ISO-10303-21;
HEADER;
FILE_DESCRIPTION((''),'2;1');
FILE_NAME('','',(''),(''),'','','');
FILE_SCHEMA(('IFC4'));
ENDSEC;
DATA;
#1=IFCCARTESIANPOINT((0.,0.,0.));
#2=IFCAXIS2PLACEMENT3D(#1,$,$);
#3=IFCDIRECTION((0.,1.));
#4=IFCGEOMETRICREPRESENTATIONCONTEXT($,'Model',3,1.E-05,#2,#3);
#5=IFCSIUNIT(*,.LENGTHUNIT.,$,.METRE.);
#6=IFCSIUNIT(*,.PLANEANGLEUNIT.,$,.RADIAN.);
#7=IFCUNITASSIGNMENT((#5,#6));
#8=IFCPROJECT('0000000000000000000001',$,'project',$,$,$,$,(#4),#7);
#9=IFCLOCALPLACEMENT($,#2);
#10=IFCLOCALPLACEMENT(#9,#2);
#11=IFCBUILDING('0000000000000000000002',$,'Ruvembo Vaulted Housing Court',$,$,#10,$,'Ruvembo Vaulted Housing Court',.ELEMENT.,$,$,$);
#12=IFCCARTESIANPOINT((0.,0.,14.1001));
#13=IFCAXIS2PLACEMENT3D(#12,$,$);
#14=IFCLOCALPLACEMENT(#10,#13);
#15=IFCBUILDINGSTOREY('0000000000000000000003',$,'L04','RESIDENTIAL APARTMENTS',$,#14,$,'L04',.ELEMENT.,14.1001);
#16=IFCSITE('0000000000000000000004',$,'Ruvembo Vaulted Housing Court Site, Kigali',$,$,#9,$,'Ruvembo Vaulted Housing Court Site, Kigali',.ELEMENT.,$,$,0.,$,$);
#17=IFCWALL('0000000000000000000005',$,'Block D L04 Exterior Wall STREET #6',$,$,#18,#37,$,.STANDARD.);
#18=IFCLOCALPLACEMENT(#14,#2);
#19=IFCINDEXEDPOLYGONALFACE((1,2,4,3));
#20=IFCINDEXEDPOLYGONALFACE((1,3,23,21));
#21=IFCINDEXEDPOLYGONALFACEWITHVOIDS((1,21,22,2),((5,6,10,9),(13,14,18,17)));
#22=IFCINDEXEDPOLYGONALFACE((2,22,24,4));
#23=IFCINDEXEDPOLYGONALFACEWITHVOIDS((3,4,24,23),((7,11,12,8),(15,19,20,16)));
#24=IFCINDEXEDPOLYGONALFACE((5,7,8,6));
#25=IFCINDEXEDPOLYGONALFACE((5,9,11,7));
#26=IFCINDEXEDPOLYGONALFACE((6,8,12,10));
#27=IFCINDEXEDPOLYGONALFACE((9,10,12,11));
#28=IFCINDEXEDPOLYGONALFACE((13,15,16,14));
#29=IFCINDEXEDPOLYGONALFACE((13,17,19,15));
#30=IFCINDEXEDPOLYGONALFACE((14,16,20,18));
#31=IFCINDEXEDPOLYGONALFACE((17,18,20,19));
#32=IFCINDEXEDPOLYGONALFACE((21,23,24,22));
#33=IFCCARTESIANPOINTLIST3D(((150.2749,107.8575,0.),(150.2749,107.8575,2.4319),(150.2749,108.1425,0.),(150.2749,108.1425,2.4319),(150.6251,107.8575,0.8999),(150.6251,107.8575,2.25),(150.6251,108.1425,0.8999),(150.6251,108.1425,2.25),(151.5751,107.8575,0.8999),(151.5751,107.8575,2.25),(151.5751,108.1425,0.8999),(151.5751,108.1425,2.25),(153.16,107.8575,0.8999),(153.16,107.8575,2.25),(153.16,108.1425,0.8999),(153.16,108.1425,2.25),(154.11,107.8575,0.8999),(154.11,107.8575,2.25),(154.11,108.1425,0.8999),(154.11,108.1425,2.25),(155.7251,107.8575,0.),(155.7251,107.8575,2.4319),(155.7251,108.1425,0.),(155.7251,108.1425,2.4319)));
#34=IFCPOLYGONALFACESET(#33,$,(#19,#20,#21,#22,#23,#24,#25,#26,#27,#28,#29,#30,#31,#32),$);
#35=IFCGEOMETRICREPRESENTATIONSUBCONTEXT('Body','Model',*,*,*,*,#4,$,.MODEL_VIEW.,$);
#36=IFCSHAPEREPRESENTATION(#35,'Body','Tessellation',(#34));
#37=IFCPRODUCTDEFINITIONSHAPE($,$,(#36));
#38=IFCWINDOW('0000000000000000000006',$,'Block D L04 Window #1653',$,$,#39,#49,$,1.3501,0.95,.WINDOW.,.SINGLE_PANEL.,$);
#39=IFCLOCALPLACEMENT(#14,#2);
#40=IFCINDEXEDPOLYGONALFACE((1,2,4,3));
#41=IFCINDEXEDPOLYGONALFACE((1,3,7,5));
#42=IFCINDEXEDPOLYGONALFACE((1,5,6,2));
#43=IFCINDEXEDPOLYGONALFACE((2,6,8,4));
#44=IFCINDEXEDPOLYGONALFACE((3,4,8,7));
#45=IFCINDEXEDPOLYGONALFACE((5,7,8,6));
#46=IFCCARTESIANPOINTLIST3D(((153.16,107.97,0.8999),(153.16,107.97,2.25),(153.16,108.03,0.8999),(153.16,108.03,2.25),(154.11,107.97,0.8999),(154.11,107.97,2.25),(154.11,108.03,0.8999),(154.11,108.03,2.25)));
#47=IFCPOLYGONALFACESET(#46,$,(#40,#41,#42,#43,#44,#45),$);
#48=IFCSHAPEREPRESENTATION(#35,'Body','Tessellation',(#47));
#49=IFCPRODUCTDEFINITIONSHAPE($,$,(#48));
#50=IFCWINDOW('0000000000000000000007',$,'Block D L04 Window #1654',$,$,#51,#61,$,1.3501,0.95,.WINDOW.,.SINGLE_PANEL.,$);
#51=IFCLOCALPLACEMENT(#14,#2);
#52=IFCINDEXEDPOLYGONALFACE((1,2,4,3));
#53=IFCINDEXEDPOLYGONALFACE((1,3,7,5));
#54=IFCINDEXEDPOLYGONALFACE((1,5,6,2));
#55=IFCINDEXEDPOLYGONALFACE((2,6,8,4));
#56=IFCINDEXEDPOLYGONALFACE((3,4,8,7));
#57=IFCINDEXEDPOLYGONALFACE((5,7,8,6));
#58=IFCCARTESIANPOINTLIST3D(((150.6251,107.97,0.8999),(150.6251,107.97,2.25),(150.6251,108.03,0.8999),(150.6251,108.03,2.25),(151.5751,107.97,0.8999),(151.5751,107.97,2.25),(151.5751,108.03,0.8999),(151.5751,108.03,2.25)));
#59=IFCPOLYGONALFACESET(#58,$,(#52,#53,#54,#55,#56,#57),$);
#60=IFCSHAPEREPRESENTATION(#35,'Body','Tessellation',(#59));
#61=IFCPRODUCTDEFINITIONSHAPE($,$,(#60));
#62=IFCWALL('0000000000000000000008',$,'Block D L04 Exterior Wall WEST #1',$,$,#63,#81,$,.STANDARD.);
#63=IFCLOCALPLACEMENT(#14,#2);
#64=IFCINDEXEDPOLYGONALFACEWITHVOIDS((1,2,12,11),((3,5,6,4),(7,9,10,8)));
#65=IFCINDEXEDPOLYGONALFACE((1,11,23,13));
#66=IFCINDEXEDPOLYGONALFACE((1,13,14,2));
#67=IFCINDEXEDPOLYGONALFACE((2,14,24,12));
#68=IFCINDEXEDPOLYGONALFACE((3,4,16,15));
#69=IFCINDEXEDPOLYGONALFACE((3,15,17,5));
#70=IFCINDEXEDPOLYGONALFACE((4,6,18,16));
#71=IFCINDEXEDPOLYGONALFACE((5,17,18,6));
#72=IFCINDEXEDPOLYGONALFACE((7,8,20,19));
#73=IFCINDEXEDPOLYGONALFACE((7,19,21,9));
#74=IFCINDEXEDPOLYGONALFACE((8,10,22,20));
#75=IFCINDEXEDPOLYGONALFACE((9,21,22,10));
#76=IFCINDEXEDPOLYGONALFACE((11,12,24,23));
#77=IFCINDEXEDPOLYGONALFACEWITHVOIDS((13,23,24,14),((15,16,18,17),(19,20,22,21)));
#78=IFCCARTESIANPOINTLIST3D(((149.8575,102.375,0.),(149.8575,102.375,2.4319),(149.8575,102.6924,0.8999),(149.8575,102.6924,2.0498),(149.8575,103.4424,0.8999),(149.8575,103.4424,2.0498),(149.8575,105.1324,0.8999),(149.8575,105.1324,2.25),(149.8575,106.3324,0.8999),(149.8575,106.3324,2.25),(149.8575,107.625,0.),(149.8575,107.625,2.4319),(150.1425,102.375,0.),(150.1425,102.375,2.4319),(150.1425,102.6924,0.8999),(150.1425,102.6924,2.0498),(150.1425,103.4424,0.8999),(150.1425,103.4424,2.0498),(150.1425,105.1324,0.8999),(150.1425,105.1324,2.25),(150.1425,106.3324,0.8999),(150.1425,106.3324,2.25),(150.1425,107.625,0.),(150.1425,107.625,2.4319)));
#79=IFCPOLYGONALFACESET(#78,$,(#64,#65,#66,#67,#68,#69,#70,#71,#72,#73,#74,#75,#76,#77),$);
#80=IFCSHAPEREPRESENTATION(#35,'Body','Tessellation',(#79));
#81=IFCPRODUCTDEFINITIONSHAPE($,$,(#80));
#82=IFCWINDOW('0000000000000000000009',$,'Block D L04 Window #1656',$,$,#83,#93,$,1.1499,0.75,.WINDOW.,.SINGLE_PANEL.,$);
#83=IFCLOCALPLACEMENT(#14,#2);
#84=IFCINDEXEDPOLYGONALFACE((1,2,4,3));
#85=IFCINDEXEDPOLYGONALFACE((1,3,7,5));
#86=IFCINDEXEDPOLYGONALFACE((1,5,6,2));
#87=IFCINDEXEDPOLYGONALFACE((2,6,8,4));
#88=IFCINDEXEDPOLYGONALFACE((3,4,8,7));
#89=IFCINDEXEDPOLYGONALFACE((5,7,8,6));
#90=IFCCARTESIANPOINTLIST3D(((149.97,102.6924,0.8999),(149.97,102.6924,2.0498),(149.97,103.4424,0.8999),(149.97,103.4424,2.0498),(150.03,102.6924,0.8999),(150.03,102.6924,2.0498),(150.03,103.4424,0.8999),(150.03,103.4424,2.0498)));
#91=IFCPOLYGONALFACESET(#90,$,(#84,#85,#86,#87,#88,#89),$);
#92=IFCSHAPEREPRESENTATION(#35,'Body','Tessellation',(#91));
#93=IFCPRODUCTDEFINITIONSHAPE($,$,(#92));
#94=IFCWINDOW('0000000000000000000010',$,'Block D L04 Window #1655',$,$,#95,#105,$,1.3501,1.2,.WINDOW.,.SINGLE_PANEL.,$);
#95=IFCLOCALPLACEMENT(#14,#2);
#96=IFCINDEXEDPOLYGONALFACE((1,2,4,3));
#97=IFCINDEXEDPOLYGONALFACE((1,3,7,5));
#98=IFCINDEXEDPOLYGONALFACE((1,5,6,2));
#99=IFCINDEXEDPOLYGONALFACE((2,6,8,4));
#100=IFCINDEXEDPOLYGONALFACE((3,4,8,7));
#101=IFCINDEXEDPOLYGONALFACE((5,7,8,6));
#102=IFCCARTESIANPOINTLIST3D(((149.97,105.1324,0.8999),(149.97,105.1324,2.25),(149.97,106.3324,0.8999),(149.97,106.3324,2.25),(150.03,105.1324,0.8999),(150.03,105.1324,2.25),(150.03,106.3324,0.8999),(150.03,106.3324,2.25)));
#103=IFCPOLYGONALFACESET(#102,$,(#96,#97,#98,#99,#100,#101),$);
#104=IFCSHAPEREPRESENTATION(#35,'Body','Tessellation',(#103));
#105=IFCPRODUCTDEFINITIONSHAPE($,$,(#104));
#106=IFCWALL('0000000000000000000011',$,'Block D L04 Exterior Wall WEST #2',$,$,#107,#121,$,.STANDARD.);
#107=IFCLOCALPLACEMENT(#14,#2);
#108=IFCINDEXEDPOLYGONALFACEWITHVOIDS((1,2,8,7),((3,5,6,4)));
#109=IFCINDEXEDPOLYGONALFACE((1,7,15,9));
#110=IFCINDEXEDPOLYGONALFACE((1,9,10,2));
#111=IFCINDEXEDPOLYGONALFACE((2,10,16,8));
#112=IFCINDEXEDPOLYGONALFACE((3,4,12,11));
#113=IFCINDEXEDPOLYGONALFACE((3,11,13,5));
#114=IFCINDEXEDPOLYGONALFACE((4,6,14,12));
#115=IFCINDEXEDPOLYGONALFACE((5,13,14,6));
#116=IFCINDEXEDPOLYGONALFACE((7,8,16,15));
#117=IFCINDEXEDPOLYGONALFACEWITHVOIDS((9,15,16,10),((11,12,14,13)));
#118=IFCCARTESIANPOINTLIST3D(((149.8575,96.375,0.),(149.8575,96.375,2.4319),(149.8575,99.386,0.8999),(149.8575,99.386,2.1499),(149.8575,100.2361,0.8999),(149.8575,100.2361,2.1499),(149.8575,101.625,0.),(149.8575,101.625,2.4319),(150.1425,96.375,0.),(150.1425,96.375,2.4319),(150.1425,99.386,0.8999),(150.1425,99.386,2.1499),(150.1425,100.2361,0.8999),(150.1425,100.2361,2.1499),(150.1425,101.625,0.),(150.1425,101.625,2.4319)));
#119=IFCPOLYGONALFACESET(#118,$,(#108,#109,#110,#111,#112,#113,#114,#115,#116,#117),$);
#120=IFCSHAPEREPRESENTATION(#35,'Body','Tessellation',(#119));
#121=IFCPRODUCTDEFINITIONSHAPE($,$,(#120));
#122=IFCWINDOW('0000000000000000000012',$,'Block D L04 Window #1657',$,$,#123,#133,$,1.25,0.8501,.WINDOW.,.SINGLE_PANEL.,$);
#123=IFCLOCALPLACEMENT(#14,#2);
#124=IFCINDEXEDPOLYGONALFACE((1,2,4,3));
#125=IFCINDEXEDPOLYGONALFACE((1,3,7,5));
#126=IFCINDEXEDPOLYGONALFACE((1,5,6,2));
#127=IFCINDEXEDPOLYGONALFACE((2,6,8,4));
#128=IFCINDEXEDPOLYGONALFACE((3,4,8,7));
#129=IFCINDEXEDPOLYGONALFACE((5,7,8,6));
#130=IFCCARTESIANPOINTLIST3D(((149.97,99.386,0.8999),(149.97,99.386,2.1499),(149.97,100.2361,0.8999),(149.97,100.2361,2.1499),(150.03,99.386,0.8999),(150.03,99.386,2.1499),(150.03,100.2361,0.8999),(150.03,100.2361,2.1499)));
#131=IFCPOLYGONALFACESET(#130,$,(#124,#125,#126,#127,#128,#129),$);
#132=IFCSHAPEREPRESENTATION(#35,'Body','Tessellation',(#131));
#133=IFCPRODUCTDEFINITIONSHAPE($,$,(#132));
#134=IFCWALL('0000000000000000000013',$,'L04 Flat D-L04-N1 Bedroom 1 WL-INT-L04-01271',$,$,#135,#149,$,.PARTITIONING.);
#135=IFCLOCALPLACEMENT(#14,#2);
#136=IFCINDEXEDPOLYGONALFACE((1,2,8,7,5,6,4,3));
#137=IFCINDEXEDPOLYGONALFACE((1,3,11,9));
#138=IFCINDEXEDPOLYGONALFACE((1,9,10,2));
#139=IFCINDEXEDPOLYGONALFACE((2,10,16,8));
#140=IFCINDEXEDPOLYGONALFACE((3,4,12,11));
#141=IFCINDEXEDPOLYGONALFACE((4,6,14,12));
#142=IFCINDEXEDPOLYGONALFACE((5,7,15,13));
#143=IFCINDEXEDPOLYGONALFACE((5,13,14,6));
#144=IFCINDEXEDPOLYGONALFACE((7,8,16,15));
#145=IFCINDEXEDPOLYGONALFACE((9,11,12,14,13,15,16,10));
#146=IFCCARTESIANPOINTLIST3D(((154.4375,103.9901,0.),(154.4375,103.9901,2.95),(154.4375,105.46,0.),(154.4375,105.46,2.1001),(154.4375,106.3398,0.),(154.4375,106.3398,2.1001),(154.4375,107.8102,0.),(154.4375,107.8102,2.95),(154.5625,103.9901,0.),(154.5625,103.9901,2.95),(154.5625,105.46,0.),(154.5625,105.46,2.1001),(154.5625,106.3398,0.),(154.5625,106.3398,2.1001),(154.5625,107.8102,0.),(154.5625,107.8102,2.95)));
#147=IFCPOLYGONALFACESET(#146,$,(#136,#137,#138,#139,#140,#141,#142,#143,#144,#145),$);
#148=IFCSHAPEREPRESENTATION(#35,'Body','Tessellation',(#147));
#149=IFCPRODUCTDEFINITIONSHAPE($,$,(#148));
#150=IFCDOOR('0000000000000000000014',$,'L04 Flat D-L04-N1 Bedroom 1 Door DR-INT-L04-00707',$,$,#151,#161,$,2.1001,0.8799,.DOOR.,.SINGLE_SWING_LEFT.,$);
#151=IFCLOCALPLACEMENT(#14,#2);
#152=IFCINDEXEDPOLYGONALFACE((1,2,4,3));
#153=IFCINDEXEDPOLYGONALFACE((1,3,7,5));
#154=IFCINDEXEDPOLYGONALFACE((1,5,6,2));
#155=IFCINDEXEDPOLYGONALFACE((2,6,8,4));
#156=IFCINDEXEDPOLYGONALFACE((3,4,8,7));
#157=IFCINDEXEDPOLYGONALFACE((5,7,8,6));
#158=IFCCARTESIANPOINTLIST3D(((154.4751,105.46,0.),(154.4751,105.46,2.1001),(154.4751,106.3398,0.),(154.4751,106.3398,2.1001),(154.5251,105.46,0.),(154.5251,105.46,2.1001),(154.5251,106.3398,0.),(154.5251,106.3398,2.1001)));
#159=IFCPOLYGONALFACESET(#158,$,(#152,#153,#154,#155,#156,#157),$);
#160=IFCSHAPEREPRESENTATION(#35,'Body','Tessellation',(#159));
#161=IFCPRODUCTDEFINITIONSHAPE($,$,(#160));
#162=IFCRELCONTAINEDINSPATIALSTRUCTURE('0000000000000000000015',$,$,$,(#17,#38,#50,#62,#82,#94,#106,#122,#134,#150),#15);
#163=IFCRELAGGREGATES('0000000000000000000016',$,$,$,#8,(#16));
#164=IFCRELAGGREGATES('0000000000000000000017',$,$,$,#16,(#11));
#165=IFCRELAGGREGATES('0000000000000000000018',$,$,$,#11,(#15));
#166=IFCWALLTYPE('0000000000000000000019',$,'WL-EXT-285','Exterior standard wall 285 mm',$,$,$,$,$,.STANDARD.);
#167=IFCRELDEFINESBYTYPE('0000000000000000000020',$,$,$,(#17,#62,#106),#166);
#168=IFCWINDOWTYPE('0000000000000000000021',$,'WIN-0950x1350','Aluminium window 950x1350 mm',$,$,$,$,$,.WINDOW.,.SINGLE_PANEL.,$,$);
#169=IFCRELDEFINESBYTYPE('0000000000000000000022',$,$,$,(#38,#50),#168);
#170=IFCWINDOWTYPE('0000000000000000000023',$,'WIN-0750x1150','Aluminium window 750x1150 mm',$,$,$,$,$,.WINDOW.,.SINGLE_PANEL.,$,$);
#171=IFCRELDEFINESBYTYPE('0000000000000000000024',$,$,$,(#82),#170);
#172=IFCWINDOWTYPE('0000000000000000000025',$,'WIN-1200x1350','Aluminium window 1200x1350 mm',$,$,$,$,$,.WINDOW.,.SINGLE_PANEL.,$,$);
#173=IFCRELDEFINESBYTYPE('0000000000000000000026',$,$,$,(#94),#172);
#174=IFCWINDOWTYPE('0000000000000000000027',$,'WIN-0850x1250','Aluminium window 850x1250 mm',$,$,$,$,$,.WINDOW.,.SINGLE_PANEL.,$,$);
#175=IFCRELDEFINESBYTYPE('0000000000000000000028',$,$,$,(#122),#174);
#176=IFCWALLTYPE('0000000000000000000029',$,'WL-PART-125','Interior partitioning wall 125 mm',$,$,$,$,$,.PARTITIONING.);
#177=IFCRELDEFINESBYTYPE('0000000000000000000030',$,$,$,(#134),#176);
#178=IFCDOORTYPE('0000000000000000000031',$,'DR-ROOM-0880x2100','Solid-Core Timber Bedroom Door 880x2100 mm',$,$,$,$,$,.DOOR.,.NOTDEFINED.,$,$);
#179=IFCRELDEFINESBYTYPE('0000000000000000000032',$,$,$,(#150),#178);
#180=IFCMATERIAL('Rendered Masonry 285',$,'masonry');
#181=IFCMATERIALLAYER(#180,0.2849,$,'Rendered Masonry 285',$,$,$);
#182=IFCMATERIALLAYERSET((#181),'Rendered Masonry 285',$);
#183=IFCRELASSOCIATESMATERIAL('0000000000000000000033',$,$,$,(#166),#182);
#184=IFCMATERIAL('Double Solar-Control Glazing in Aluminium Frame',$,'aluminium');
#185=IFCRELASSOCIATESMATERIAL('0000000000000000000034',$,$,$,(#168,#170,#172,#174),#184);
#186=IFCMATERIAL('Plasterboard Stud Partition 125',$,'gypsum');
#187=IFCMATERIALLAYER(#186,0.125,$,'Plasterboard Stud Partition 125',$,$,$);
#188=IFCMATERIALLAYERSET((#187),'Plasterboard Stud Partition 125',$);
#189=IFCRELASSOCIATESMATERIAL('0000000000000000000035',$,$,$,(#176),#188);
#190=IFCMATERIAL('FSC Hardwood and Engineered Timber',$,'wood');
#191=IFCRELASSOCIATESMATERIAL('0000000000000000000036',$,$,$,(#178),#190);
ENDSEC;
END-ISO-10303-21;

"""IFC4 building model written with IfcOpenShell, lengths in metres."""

from ifc_helpers import new_model, si_unit, direction, frame, frame_2d, origin, place, context, subcontext, project, spatial, rectangle, extrude, material, layer, layer_set, type_object, element, fill, save


model = new_model("IFC4")

# Units and contexts
model_context = context("Model", 3, precision=1e-05, world=origin(), true_north=direction((0.0, 1.0)))
body_context = subcontext(model_context, "Body", "Model", "MODEL_VIEW")
ifc_project = project(units=[si_unit("LENGTHUNIT", "METRE"), si_unit("PLANEANGLEUNIT", "RADIAN")], contexts=[model_context])

# Site, building, storey
site_placement = place(None, origin())
site = spatial("IfcSite", under=ifc_project, at=site_placement, Name="Ruvembo Vaulted Housing Court Site, Kigali", LongName="Ruvembo Vaulted Housing Court Site, Kigali", CompositionType="ELEMENT", RefElevation=0.0)
building_placement = place(site_placement, origin())
building = spatial("IfcBuilding", under=site, at=building_placement, Name="Ruvembo Vaulted Housing Court", LongName="Ruvembo Vaulted Housing Court", CompositionType="ELEMENT")
storey_placement = place(building_placement, frame((0.0, 0.0, 14.1001)))
storey = spatial("IfcBuildingStorey", under=building, at=storey_placement, Name="L04", Description="RESIDENTIAL APARTMENTS", LongName="L04", CompositionType="ELEMENT", Elevation=14.1001)

# Walls, openings, windows
ifc_material_1 = material(Name="Rendered Masonry 285", Category="masonry")
ifc_layer_1 = layer(ifc_material_1, 0.2849, Name="Rendered Masonry 285")
ifc_layer_set_1 = layer_set([ifc_layer_1], Name="Rendered Masonry 285")
wall_type_1 = type_object("IfcWallType", Name="WL-EXT-285", Description="Exterior standard wall 285 mm", PredefinedType="STANDARD", material=ifc_layer_set_1)
wall_1_placement = place(storey_placement, frame((155.7251, 108.0, 0.0), z_axis=(0.0, 0.0, 1.0), x_axis=(-1.0, 0.0, 0.0)))
wall_1 = element("IfcWall", 1, at=wall_1_placement, inside=storey, type_object=wall_type_1, Name="Block D L04 Exterior Wall STREET #6", PredefinedType="STANDARD", context=body_context, shape_type="SweptSolid", body=[
    extrude(rectangle(XDim=5.4502, YDim=0.2849, at=frame_2d((2.7251, 0.0))), origin(), (0.0, 0.0, 1.0), 2.4319),
])
opening_1_placement = place(wall_1_placement, frame((1.615, 0.0, 0.8999)))
opening_1 = element("IfcOpeningElement", 2, at=opening_1_placement, cuts=wall_1, PredefinedType="OPENING", context=body_context, shape_type="SweptSolid", body=[
    extrude(rectangle(XDim=0.95, YDim=1.3501, at=frame_2d((0.4751, 0.675))), frame((0.0, 0.1523, 0.0), z_axis=(0.0, -1.0, 0.0), x_axis=(1.0, 0.0, 0.0)), (0.0, 0.0, 1.0), 0.3049),
])
opening_2_placement = place(wall_1_placement, frame((4.1499, 0.0, 0.8999)))
opening_2 = element("IfcOpeningElement", 3, at=opening_2_placement, cuts=wall_1, PredefinedType="OPENING", context=body_context, shape_type="SweptSolid", body=[
    extrude(rectangle(XDim=0.95, YDim=1.3501, at=frame_2d((0.4751, 0.675))), frame((0.0, 0.1523, 0.0), z_axis=(0.0, -1.0, 0.0), x_axis=(1.0, 0.0, 0.0)), (0.0, 0.0, 1.0), 0.3049),
])
ifc_material_2 = material(Name="Double Solar-Control Glazing in Aluminium Frame", Category="aluminium")
window_type_1 = type_object("IfcWindowType", Name="WIN-0950x1350", Description="Aluminium window 950x1350 mm", PartitioningType="SINGLE_PANEL", PredefinedType="WINDOW", material=ifc_material_2)
window_1_placement = place(opening_1_placement, origin())
window_1 = element("IfcWindow", 4, at=window_1_placement, inside=storey, type_object=window_type_1, Name="Block D L04 Window #1653", OverallHeight=1.3501, OverallWidth=0.95, PartitioningType="SINGLE_PANEL", PredefinedType="WINDOW", context=body_context, shape_type="SweptSolid", body=[
    extrude(rectangle(XDim=0.95, YDim=1.3501, at=frame_2d((0.4751, 0.675))), frame((0.0, 0.03, 0.0), z_axis=(0.0, -1.0, 0.0), x_axis=(1.0, 0.0, 0.0)), (0.0, 0.0, 1.0), 0.0601),
])
fill(opening_1, window_1)
window_2_placement = place(opening_2_placement, origin())
window_2 = element("IfcWindow", 5, at=window_2_placement, inside=storey, type_object=window_type_1, Name="Block D L04 Window #1654", OverallHeight=1.3501, OverallWidth=0.95, PartitioningType="SINGLE_PANEL", PredefinedType="WINDOW", context=body_context, shape_type="SweptSolid", body=[
    extrude(rectangle(XDim=0.95, YDim=1.3501, at=frame_2d((0.4751, 0.675))), frame((0.0, 0.03, 0.0), z_axis=(0.0, -1.0, 0.0), x_axis=(1.0, 0.0, 0.0)), (0.0, 0.0, 1.0), 0.0601),
])
fill(opening_2, window_2)
wall_2_placement = place(storey_placement, frame((150.0, 107.625, 0.0), z_axis=(0.0, 0.0, 1.0), x_axis=(0.0, -1.0, 0.0)))
wall_2 = element("IfcWall", 6, at=wall_2_placement, inside=storey, type_object=wall_type_1, Name="Block D L04 Exterior Wall WEST #1", PredefinedType="STANDARD", context=body_context, shape_type="SweptSolid", body=[
    extrude(rectangle(XDim=5.25, YDim=0.2849, at=frame_2d((2.625, 0.0))), origin(), (0.0, 0.0, 1.0), 2.4319),
])
opening_3_placement = place(wall_2_placement, frame((1.2925, 0.0, 0.8999)))
opening_3 = element("IfcOpeningElement", 7, at=opening_3_placement, cuts=wall_2, PredefinedType="OPENING", context=body_context, shape_type="SweptSolid", body=[
    extrude(rectangle(XDim=1.2, YDim=1.3501, at=frame_2d((0.6001, 0.675))), frame((0.0, 0.1523, 0.0), z_axis=(0.0, -1.0, 0.0), x_axis=(1.0, 0.0, 0.0)), (0.0, 0.0, 1.0), 0.3049),
])
opening_4_placement = place(wall_2_placement, frame((4.1826, 0.0, 0.8999)))
opening_4 = element("IfcOpeningElement", 8, at=opening_4_placement, cuts=wall_2, PredefinedType="OPENING", context=body_context, shape_type="SweptSolid", body=[
    extrude(rectangle(XDim=0.75, YDim=1.1499, at=frame_2d((0.375, 0.575))), frame((0.0, 0.1523, 0.0), z_axis=(0.0, -1.0, 0.0), x_axis=(1.0, 0.0, 0.0)), (0.0, 0.0, 1.0), 0.3049),
])
window_type_2 = type_object("IfcWindowType", Name="WIN-0750x1150", Description="Aluminium window 750x1150 mm", PartitioningType="SINGLE_PANEL", PredefinedType="WINDOW", material=ifc_material_2)
window_3_placement = place(opening_4_placement, origin())
window_3 = element("IfcWindow", 9, at=window_3_placement, inside=storey, type_object=window_type_2, Name="Block D L04 Window #1656", OverallHeight=1.1499, OverallWidth=0.75, PartitioningType="SINGLE_PANEL", PredefinedType="WINDOW", context=body_context, shape_type="SweptSolid", body=[
    extrude(rectangle(XDim=0.75, YDim=1.1499, at=frame_2d((0.375, 0.575))), frame((0.0, 0.03, 0.0), z_axis=(0.0, -1.0, 0.0), x_axis=(1.0, 0.0, 0.0)), (0.0, 0.0, 1.0), 0.0601),
])
fill(opening_4, window_3)
window_type_3 = type_object("IfcWindowType", Name="WIN-1200x1350", Description="Aluminium window 1200x1350 mm", PartitioningType="SINGLE_PANEL", PredefinedType="WINDOW", material=ifc_material_2)
window_4_placement = place(opening_3_placement, origin())
window_4 = element("IfcWindow", 10, at=window_4_placement, inside=storey, type_object=window_type_3, Name="Block D L04 Window #1655", OverallHeight=1.3501, OverallWidth=1.2, PartitioningType="SINGLE_PANEL", PredefinedType="WINDOW", context=body_context, shape_type="SweptSolid", body=[
    extrude(rectangle(XDim=1.2, YDim=1.3501, at=frame_2d((0.6001, 0.675))), frame((0.0, 0.03, 0.0), z_axis=(0.0, -1.0, 0.0), x_axis=(1.0, 0.0, 0.0)), (0.0, 0.0, 1.0), 0.0601),
])
fill(opening_3, window_4)

# Wall, opening, window
wall_3_placement = place(storey_placement, frame((150.0, 101.625, 0.0), z_axis=(0.0, 0.0, 1.0), x_axis=(0.0, -1.0, 0.0)))
wall_3 = element("IfcWall", 11, at=wall_3_placement, inside=storey, type_object=wall_type_1, Name="Block D L04 Exterior Wall WEST #2", PredefinedType="STANDARD", context=body_context, shape_type="SweptSolid", body=[
    extrude(rectangle(XDim=5.25, YDim=0.2849, at=frame_2d((2.625, 0.0))), origin(), (0.0, 0.0, 1.0), 2.4319),
])
opening_5_placement = place(wall_3_placement, frame((1.3889, 0.0, 0.8999)))
opening_5 = element("IfcOpeningElement", 12, at=opening_5_placement, cuts=wall_3, PredefinedType="OPENING", context=body_context, shape_type="SweptSolid", body=[
    extrude(rectangle(XDim=0.8501, YDim=1.25, at=frame_2d((0.425, 0.625))), frame((0.0, 0.1523, 0.0), z_axis=(0.0, -1.0, 0.0), x_axis=(1.0, 0.0, 0.0)), (0.0, 0.0, 1.0), 0.3049),
])
window_type_4 = type_object("IfcWindowType", Name="WIN-0850x1250", Description="Aluminium window 850x1250 mm", PartitioningType="SINGLE_PANEL", PredefinedType="WINDOW", material=ifc_material_2)
window_5_placement = place(opening_5_placement, origin())
window_5 = element("IfcWindow", 13, at=window_5_placement, inside=storey, type_object=window_type_4, Name="Block D L04 Window #1657", OverallHeight=1.25, OverallWidth=0.8501, PartitioningType="SINGLE_PANEL", PredefinedType="WINDOW", context=body_context, shape_type="SweptSolid", body=[
    extrude(rectangle(XDim=0.8501, YDim=1.25, at=frame_2d((0.425, 0.625))), frame((0.0, 0.03, 0.0), z_axis=(0.0, -1.0, 0.0), x_axis=(1.0, 0.0, 0.0)), (0.0, 0.0, 1.0), 0.0601),
])
fill(opening_5, window_5)

# Wall, opening, door
ifc_material_3 = material(Name="Plasterboard Stud Partition 125", Category="gypsum")
ifc_layer_2 = layer(ifc_material_3, 0.125, Name="Plasterboard Stud Partition 125")
ifc_layer_set_2 = layer_set([ifc_layer_2], Name="Plasterboard Stud Partition 125")
wall_type_2 = type_object("IfcWallType", Name="WL-PART-125", Description="Interior partitioning wall 125 mm", PredefinedType="PARTITIONING", material=ifc_layer_set_2)
wall_4_placement = place(storey_placement, frame((154.5, 103.99, 0.0), z_axis=(0.0, 0.0, 1.0), x_axis=(0.0, 1.0, 0.0)))
wall_4 = element("IfcWall", 14, at=wall_4_placement, inside=storey, type_object=wall_type_2, Name="L04 Flat D-L04-N1 Bedroom 1 WL-INT-L04-01271", PredefinedType="PARTITIONING", context=body_context, shape_type="SweptSolid", body=[
    extrude(rectangle(XDim=3.8201, YDim=0.125, at=frame_2d((1.9102, 0.0))), origin(), (0.0, 0.0, 1.0), 2.95),
])
opening_6_placement = place(wall_4_placement, frame((1.47, 0.0, 0.0)))
opening_6 = element("IfcOpeningElement", 15, at=opening_6_placement, cuts=wall_4, PredefinedType="OPENING", context=body_context, shape_type="SweptSolid", body=[
    extrude(rectangle(XDim=0.8799, YDim=2.1001, at=frame_2d((0.4399, 1.05))), frame((0.0, 0.0725, 0.0), z_axis=(0.0, -1.0, 0.0), x_axis=(1.0, 0.0, 0.0)), (0.0, 0.0, 1.0), 0.145),
])
ifc_material_4 = material(Name="FSC Hardwood and Engineered Timber", Category="wood")
door_type = type_object("IfcDoorType", Name="DR-ROOM-0880x2100", Description="Solid-Core Timber Bedroom Door 880x2100 mm", OperationType="NOTDEFINED", PredefinedType="DOOR", material=ifc_material_4)
door_placement = place(opening_6_placement, origin())
door = element("IfcDoor", 16, at=door_placement, inside=storey, type_object=door_type, Name="L04 Flat D-L04-N1 Bedroom 1 Door DR-INT-L04-00707", OperationType="SINGLE_SWING_LEFT", OverallHeight=2.1001, OverallWidth=0.8799, PredefinedType="DOOR", context=body_context, shape_type="SweptSolid", body=[
    extrude(rectangle(XDim=0.8799, YDim=2.1001, at=frame_2d((0.4399, 1.05))), frame((0.0, 0.0249, 0.0), z_axis=(0.0, -1.0, 0.0), x_axis=(1.0, 0.0, 0.0)), (0.0, 0.0, 1.0), 0.05),
])
fill(opening_6, door)

save(model, "model.ifc")
